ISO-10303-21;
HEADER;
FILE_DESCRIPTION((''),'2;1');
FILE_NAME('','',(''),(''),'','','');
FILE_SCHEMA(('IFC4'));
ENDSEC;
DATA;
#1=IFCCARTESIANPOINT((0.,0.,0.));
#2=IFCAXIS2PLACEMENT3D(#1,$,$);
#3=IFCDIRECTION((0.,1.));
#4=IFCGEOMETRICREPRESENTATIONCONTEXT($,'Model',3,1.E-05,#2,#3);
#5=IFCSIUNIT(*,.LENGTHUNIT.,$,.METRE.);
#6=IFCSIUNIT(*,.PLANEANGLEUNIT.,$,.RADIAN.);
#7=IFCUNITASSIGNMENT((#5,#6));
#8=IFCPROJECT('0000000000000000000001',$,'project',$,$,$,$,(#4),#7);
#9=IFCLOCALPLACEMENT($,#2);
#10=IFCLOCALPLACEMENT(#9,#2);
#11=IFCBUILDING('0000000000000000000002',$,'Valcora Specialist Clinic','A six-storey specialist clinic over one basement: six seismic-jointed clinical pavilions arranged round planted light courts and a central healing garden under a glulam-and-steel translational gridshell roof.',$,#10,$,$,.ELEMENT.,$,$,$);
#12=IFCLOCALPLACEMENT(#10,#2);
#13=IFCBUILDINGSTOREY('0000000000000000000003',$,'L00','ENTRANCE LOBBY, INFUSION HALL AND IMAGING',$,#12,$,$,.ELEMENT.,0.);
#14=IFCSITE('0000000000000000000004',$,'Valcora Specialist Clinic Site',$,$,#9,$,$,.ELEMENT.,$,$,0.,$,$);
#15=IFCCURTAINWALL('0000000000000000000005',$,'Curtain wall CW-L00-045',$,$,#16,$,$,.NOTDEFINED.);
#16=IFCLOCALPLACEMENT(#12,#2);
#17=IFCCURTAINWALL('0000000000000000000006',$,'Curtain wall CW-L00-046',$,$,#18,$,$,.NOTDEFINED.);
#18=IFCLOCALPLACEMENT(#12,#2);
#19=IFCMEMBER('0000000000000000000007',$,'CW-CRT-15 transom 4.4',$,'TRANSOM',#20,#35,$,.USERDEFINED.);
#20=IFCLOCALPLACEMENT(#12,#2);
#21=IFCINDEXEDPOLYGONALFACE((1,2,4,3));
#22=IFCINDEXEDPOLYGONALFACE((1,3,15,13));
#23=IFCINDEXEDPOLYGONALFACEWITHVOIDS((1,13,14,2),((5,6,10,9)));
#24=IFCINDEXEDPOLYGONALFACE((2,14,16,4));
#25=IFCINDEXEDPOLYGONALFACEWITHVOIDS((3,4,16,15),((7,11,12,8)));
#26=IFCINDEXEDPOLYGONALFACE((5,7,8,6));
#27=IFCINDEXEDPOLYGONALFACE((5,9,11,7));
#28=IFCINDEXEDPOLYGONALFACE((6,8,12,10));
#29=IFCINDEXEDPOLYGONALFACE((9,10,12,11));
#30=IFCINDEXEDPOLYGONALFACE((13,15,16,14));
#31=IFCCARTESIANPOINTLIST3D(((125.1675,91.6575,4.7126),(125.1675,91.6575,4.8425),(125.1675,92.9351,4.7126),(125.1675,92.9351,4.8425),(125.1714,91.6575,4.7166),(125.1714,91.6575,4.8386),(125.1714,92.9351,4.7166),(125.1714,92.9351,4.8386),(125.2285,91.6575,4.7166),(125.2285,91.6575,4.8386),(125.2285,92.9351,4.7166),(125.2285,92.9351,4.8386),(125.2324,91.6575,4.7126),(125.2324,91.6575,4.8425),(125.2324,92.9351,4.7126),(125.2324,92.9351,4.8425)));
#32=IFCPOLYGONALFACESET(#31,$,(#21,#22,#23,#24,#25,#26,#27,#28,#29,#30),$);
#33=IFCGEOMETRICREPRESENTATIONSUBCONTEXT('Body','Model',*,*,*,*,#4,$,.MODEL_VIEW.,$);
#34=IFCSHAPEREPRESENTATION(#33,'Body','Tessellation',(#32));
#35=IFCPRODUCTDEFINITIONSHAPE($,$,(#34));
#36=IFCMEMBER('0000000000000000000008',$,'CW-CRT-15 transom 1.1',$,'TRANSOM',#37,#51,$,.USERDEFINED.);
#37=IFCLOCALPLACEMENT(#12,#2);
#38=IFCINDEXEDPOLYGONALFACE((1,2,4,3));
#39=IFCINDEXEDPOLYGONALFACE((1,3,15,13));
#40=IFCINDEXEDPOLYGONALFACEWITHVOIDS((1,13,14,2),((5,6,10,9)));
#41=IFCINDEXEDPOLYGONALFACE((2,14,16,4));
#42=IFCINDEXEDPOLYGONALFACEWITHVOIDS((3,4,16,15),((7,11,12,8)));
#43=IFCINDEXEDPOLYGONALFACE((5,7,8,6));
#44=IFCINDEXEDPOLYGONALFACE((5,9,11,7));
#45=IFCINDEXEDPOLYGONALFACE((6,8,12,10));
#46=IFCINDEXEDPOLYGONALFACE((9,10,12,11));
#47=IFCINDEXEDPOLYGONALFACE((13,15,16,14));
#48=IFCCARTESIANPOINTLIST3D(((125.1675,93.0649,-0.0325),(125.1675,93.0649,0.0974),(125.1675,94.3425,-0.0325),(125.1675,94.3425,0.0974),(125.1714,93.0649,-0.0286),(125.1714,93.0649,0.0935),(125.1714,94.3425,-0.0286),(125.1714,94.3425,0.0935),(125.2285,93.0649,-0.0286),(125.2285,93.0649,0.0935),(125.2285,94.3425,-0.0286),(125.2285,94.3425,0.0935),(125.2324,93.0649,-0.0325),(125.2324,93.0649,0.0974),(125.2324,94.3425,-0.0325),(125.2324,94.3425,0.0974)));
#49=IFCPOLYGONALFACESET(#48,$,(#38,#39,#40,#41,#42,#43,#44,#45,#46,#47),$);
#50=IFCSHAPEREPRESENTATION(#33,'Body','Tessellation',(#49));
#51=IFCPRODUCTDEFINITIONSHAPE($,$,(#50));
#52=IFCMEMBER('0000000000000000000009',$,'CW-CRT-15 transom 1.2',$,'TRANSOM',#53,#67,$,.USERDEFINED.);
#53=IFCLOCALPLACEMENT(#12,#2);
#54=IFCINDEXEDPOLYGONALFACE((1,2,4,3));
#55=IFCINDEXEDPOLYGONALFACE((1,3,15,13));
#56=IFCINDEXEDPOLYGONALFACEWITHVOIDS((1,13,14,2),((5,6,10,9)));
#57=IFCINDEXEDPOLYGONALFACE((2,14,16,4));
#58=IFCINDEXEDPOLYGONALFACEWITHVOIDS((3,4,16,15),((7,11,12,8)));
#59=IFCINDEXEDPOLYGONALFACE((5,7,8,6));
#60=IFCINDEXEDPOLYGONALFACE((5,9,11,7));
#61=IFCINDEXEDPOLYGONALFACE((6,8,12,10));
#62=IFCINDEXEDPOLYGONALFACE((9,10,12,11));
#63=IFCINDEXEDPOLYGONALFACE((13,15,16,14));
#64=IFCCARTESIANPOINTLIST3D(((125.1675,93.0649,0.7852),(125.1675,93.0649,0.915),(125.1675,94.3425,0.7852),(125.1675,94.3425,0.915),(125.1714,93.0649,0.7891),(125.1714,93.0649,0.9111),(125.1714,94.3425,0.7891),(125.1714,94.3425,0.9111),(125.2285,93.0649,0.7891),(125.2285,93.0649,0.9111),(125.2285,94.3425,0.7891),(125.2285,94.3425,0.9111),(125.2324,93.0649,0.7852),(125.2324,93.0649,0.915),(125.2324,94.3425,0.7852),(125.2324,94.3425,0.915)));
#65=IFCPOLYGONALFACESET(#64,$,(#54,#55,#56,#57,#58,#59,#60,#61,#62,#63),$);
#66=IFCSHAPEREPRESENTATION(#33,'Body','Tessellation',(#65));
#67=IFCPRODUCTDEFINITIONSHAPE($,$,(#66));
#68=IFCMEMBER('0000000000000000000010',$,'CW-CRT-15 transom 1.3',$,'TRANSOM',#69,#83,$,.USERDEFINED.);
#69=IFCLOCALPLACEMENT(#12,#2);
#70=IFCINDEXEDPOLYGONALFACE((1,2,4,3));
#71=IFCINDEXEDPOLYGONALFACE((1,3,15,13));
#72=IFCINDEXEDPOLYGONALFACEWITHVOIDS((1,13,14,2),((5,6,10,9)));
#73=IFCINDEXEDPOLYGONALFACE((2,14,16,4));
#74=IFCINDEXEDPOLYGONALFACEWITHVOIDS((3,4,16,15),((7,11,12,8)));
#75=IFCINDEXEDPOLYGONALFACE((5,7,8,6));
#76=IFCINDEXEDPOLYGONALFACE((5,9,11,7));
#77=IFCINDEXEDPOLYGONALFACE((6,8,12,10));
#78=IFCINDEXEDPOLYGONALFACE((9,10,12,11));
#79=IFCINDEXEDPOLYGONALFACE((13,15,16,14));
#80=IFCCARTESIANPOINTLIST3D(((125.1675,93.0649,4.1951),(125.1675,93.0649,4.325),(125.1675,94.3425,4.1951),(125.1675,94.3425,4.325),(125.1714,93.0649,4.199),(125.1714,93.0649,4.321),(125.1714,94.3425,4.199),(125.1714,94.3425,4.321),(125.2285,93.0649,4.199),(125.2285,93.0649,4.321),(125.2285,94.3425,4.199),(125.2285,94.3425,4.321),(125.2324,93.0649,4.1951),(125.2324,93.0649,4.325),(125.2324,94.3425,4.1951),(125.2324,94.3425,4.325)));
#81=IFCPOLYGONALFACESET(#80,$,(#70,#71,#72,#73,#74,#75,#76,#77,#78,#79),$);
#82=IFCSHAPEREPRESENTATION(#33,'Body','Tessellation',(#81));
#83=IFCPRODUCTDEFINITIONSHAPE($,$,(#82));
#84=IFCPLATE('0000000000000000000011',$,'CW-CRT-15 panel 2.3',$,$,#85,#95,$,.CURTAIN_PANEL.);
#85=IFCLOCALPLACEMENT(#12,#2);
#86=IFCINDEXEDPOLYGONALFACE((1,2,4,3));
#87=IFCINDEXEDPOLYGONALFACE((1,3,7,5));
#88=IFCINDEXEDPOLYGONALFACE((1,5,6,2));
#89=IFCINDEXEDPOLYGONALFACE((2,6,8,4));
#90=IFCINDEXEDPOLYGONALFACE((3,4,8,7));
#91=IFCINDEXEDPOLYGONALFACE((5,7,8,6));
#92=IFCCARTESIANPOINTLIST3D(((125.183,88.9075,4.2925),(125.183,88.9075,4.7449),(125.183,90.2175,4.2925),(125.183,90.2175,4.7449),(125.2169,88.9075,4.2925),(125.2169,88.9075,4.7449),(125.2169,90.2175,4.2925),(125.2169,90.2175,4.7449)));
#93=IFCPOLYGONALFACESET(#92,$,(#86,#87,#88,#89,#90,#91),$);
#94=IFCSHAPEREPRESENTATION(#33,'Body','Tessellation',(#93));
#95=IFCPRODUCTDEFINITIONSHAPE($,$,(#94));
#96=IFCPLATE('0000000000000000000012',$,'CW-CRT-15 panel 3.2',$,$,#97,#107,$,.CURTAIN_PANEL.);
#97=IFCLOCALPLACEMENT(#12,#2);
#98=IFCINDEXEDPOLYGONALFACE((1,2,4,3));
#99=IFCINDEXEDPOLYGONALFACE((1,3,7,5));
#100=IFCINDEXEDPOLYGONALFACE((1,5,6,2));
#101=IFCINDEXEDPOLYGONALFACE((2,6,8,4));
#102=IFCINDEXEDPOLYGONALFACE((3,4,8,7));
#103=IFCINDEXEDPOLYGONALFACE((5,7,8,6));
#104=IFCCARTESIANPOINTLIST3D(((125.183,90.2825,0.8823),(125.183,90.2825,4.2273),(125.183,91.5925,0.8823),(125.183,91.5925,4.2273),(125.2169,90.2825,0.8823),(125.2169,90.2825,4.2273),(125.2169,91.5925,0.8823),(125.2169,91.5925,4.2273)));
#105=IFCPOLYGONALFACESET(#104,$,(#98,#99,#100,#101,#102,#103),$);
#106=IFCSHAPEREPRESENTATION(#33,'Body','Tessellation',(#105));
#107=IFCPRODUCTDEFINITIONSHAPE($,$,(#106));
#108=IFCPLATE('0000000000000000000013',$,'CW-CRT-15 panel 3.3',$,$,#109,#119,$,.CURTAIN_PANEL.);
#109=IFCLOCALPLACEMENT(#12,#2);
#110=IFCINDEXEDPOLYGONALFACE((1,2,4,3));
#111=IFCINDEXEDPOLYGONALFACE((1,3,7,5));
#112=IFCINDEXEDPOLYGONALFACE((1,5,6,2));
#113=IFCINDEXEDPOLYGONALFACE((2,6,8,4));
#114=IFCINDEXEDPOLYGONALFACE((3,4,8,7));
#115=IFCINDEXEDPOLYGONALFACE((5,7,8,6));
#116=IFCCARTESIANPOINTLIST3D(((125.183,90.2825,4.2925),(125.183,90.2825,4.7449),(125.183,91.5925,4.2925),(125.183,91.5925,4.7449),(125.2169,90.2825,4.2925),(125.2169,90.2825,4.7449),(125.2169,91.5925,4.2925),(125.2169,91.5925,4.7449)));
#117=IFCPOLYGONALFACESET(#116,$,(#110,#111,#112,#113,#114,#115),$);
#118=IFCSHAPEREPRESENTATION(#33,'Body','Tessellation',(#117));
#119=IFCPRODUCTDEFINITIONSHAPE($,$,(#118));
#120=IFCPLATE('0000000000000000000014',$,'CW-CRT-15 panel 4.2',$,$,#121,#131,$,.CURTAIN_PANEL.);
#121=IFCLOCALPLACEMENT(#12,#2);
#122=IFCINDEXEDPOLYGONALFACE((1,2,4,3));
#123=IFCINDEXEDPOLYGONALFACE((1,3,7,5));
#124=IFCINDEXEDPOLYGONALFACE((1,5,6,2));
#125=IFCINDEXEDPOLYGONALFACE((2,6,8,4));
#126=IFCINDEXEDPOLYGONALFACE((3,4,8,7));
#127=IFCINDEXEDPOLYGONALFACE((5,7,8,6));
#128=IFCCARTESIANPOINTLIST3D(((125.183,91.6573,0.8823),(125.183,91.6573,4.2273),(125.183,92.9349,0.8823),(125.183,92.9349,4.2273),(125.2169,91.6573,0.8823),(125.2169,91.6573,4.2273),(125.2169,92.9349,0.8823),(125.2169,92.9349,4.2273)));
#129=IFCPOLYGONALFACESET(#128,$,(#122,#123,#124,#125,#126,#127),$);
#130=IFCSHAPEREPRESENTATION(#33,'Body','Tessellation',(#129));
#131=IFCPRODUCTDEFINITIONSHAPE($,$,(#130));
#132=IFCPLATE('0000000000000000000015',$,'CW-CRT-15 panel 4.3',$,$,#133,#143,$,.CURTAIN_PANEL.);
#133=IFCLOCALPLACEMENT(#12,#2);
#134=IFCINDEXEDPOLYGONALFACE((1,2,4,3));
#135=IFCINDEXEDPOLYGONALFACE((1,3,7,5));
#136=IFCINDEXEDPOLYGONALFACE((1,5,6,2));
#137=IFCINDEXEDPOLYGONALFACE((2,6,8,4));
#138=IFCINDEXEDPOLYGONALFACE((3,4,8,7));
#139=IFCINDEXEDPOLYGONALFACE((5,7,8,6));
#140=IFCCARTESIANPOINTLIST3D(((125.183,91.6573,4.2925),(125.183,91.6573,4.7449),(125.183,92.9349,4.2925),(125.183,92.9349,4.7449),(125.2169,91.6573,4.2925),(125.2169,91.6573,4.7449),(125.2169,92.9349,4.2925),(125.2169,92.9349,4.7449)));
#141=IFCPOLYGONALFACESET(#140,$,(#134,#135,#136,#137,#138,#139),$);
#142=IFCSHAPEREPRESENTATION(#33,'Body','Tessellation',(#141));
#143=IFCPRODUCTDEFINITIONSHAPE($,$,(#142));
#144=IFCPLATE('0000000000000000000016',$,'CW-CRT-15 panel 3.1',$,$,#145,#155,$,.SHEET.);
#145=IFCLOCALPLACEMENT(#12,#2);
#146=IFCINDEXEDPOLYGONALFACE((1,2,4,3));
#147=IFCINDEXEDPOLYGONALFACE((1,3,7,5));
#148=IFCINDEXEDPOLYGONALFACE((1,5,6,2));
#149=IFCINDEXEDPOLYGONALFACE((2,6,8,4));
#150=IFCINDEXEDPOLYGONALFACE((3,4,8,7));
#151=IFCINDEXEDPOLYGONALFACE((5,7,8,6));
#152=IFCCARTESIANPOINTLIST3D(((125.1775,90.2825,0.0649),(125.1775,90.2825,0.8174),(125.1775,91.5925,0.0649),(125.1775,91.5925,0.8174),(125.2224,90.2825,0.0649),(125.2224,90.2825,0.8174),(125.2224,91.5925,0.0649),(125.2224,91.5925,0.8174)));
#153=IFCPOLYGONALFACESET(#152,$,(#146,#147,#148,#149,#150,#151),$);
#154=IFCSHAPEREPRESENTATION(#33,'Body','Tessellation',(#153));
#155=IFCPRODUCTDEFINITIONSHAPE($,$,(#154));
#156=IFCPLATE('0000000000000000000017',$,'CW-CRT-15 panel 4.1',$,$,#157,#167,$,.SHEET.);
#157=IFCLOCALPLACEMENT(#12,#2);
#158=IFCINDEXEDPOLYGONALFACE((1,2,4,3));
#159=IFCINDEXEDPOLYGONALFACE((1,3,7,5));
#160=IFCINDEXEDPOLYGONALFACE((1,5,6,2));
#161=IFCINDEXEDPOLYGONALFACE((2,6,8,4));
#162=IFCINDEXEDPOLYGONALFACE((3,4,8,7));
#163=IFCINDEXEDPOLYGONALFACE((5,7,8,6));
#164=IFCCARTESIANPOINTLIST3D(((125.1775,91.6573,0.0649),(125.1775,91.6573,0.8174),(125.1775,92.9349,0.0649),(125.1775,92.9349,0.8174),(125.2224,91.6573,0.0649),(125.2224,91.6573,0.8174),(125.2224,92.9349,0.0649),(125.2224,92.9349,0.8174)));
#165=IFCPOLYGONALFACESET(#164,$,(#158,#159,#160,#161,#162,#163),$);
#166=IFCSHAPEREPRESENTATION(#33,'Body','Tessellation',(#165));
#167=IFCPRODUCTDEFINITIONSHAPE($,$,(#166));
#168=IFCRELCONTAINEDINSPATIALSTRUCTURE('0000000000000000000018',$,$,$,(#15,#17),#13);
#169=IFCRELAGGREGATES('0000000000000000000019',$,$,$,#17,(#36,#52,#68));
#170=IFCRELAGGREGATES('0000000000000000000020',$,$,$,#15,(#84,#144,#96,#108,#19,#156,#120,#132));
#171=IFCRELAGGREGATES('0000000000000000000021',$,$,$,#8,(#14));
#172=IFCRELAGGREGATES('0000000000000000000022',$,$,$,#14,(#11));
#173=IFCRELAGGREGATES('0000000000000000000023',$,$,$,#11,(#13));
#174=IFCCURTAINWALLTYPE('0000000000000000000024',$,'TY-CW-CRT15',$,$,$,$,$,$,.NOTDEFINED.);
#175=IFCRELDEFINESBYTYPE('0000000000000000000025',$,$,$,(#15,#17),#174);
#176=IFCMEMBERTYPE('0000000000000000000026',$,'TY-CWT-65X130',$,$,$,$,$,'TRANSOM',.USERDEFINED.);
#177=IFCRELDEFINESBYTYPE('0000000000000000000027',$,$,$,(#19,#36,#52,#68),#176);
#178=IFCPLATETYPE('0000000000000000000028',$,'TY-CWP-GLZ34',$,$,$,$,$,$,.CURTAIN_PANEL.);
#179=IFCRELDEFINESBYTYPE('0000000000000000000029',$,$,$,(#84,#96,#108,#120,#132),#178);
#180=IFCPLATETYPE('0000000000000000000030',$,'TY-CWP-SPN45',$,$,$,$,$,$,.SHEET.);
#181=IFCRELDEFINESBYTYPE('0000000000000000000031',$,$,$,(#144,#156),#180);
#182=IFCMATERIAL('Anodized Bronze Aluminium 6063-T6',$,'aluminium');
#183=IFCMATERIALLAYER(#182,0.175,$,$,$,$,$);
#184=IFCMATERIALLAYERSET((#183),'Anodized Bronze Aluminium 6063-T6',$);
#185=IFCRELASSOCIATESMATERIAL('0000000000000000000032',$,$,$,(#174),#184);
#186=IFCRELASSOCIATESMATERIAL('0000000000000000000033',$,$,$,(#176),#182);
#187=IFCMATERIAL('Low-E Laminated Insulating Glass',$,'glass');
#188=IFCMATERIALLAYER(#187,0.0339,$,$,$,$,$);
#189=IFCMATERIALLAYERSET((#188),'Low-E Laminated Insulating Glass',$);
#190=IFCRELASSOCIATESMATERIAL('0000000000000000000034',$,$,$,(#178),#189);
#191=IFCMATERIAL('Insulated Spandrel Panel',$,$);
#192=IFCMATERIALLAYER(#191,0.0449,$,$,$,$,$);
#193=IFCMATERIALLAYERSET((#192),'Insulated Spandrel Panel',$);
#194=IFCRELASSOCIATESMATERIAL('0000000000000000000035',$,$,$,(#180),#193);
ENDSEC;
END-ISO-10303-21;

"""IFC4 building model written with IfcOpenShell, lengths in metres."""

from ifc_helpers import new_model, si_unit, direction, frame, origin, origin_2d, place, context, subcontext, project, spatial, rectangle, hollow_rectangle, extrude, material, layer, layer_set, material_profile, profile_set, type_object, element, aggregate, save


model = new_model("IFC4")

# Units and contexts
model_context = context("Model", 3, precision=1e-05, world=origin(), true_north=direction((0.0, 1.0)))
body_context = subcontext(model_context, "Body", "Model", "MODEL_VIEW")
ifc_project = project(units=[si_unit("LENGTHUNIT", "METRE"), si_unit("PLANEANGLEUNIT", "RADIAN")], contexts=[model_context])

# Site, building, storey
site_placement = place(None, origin())
site = spatial("IfcSite", under=ifc_project, at=site_placement, Name="Valcora Specialist Clinic Site", CompositionType="ELEMENT", RefElevation=0.0)
building_placement = place(site_placement, origin())
building = spatial("IfcBuilding", under=site, at=building_placement, Name="Valcora Specialist Clinic", Description="A six-storey specialist clinic over one basement: six seismic-jointed clinical pavilions arranged round planted light courts and a central healing garden under a glulam-and-steel translational gridshell roof.", CompositionType="ELEMENT")
storey_placement = place(building_placement, origin())
storey = spatial("IfcBuildingStorey", under=building, at=storey_placement, Name="L00", Description="ENTRANCE LOBBY, INFUSION HALL AND IMAGING", CompositionType="ELEMENT", Elevation=0.0)

# Curtain wall
ifc_material_1 = material(Name="Anodized Bronze Aluminium 6063-T6", Category="aluminium")
ifc_layer_1 = layer(ifc_material_1, 0.175)
ifc_layer_set_1 = layer_set([ifc_layer_1], Name="Anodized Bronze Aluminium 6063-T6")
curtain_wall_type = type_object("IfcCurtainWallType", Name="TY-CW-CRT15", PredefinedType="NOTDEFINED", material=ifc_layer_set_1)
curtain_wall_1_placement = place(storey_placement, origin())
curtain_wall_1 = element("IfcCurtainWall", 1, at=curtain_wall_1_placement, inside=storey, type_object=curtain_wall_type, Name="Curtain wall CW-L00-045", PredefinedType="NOTDEFINED")

# Curtain wall
curtain_wall_2_placement = place(storey_placement, origin())
curtain_wall_2 = element("IfcCurtainWall", 2, at=curtain_wall_2_placement, inside=storey, type_object=curtain_wall_type, Name="Curtain wall CW-L00-046", PredefinedType="NOTDEFINED")

# Members
ifc_material_profile_1 = material_profile(ifc_material_1, hollow_rectangle(XDim=0.0649, YDim=0.1299, WallThickness=0.0039, at=origin_2d()), Name="AL-TRN-65X130")
ifc_profile_set_1 = profile_set([ifc_material_profile_1], Name="Anodized Bronze Aluminium 6063-T6")
member_type_1 = type_object("IfcMemberType", Name="TY-CWT-65X130", ElementType="TRANSOM", PredefinedType="USERDEFINED", material=ifc_profile_set_1)
member_1_placement = place(storey_placement, frame((125.2, 91.6575, 4.7776), z_axis=(0.0, 1.0, 0.0), x_axis=(-1.0, 0.0, 0.0)))
member_1 = element("IfcMember", 3, at=member_1_placement, type_object=member_type_1, Name="CW-CRT-15 transom 4.4", ObjectType="TRANSOM", PredefinedType="USERDEFINED", context=body_context, shape_type="SweptSolid", body=[
    extrude(hollow_rectangle(XDim=0.0649, YDim=0.1299, WallThickness=0.0039, at=origin_2d()), origin(), (0.0, 0.0, 1.0), 1.2776),
])
member_2_placement = place(storey_placement, frame((125.2, 93.0649, 0.0325), z_axis=(0.0, 1.0, 0.0), x_axis=(-1.0, 0.0, 0.0)))
member_2 = element("IfcMember", 4, at=member_2_placement, type_object=member_type_1, Name="CW-CRT-15 transom 1.1", ObjectType="TRANSOM", PredefinedType="USERDEFINED", context=body_context, shape_type="SweptSolid", body=[
    extrude(hollow_rectangle(XDim=0.0649, YDim=0.1299, WallThickness=0.0039, at=origin_2d()), origin(), (0.0, 0.0, 1.0), 1.2776),
])
member_3_placement = place(storey_placement, frame((125.2, 93.0649, 0.8501), z_axis=(0.0, 1.0, 0.0), x_axis=(-1.0, 0.0, 0.0)))
member_3 = element("IfcMember", 5, at=member_3_placement, type_object=member_type_1, Name="CW-CRT-15 transom 1.2", ObjectType="TRANSOM", PredefinedType="USERDEFINED", context=body_context, shape_type="SweptSolid", body=[
    extrude(hollow_rectangle(XDim=0.0649, YDim=0.1299, WallThickness=0.0039, at=origin_2d()), origin(), (0.0, 0.0, 1.0), 1.2776),
])
member_4_placement = place(storey_placement, frame((125.2, 93.0649, 4.26), z_axis=(0.0, 1.0, 0.0), x_axis=(-1.0, 0.0, 0.0)))
member_4 = element("IfcMember", 6, at=member_4_placement, type_object=member_type_1, Name="CW-CRT-15 transom 1.3", ObjectType="TRANSOM", PredefinedType="USERDEFINED", context=body_context, shape_type="SweptSolid", body=[
    extrude(hollow_rectangle(XDim=0.0649, YDim=0.1299, WallThickness=0.0039, at=origin_2d()), origin(), (0.0, 0.0, 1.0), 1.2776),
])
aggregate(curtain_wall_2, [member_2, member_3, member_4])

# Plates
ifc_material_2 = material(Name="Low-E Laminated Insulating Glass", Category="glass")
ifc_layer_2 = layer(ifc_material_2, 0.0339)
ifc_layer_set_2 = layer_set([ifc_layer_2], Name="Low-E Laminated Insulating Glass")
plate_type_1 = type_object("IfcPlateType", Name="TY-CWP-GLZ34", PredefinedType="CURTAIN_PANEL", material=ifc_layer_set_2)
plate_1_placement = place(storey_placement, frame((125.2, 89.5625, 4.2925), z_axis=(0.0, 0.0, 1.0), x_axis=(0.0, 1.0, 0.0)))
plate_1 = element("IfcPlate", 7, at=plate_1_placement, type_object=plate_type_1, Name="CW-CRT-15 panel 2.3", PredefinedType="CURTAIN_PANEL", context=body_context, shape_type="SweptSolid", body=[
    extrude(rectangle(XDim=1.3101, YDim=0.0339, at=origin_2d()), origin(), (0.0, 0.0, 1.0), 0.4524),
])
plate_2_placement = place(storey_placement, frame((125.2, 90.9375, 0.8823), z_axis=(0.0, 0.0, 1.0), x_axis=(0.0, 1.0, 0.0)))
plate_2 = element("IfcPlate", 8, at=plate_2_placement, type_object=plate_type_1, Name="CW-CRT-15 panel 3.2", PredefinedType="CURTAIN_PANEL", context=body_context, shape_type="SweptSolid", body=[
    extrude(rectangle(XDim=1.3101, YDim=0.0339, at=origin_2d()), origin(), (0.0, 0.0, 1.0), 3.345),
])
plate_3_placement = place(storey_placement, frame((125.2, 90.9375, 4.2925), z_axis=(0.0, 0.0, 1.0), x_axis=(0.0, 1.0, 0.0)))
plate_3 = element("IfcPlate", 9, at=plate_3_placement, type_object=plate_type_1, Name="CW-CRT-15 panel 3.3", PredefinedType="CURTAIN_PANEL", context=body_context, shape_type="SweptSolid", body=[
    extrude(rectangle(XDim=1.3101, YDim=0.0339, at=origin_2d()), origin(), (0.0, 0.0, 1.0), 0.4524),
])
plate_4_placement = place(storey_placement, frame((125.2, 92.2961, 0.8823), z_axis=(0.0, 0.0, 1.0), x_axis=(0.0, 1.0, 0.0)))
plate_4 = element("IfcPlate", 10, at=plate_4_placement, type_object=plate_type_1, Name="CW-CRT-15 panel 4.2", PredefinedType="CURTAIN_PANEL", context=body_context, shape_type="SweptSolid", body=[
    extrude(rectangle(XDim=1.2776, YDim=0.0339, at=origin_2d()), origin(), (0.0, 0.0, 1.0), 3.345),
])
plate_5_placement = place(storey_placement, frame((125.2, 92.2961, 4.2925), z_axis=(0.0, 0.0, 1.0), x_axis=(0.0, 1.0, 0.0)))
plate_5 = element("IfcPlate", 11, at=plate_5_placement, type_object=plate_type_1, Name="CW-CRT-15 panel 4.3", PredefinedType="CURTAIN_PANEL", context=body_context, shape_type="SweptSolid", body=[
    extrude(rectangle(XDim=1.2776, YDim=0.0339, at=origin_2d()), origin(), (0.0, 0.0, 1.0), 0.4524),
])
ifc_material_3 = material(Name="Insulated Spandrel Panel")
ifc_layer_3 = layer(ifc_material_3, 0.0449)
ifc_layer_set_3 = layer_set([ifc_layer_3], Name="Insulated Spandrel Panel")
plate_type_2 = type_object("IfcPlateType", Name="TY-CWP-SPN45", PredefinedType="SHEET", material=ifc_layer_set_3)
plate_6_placement = place(storey_placement, frame((125.2, 90.9375, 0.0649), z_axis=(0.0, 0.0, 1.0), x_axis=(0.0, 1.0, 0.0)))
plate_6 = element("IfcPlate", 12, at=plate_6_placement, type_object=plate_type_2, Name="CW-CRT-15 panel 3.1", PredefinedType="SHEET", context=body_context, shape_type="SweptSolid", body=[
    extrude(rectangle(XDim=1.3101, YDim=0.0449, at=origin_2d()), origin(), (0.0, 0.0, 1.0), 0.7524),
])
plate_7_placement = place(storey_placement, frame((125.2, 92.2961, 0.0649), z_axis=(0.0, 0.0, 1.0), x_axis=(0.0, 1.0, 0.0)))
plate_7 = element("IfcPlate", 13, at=plate_7_placement, type_object=plate_type_2, Name="CW-CRT-15 panel 4.1", PredefinedType="SHEET", context=body_context, shape_type="SweptSolid", body=[
    extrude(rectangle(XDim=1.2776, YDim=0.0449, at=origin_2d()), origin(), (0.0, 0.0, 1.0), 0.7524),
])
aggregate(curtain_wall_1, [plate_1, plate_6, plate_2, plate_3, member_1, plate_7, plate_4, plate_5])

save(model, "model.ifc")
